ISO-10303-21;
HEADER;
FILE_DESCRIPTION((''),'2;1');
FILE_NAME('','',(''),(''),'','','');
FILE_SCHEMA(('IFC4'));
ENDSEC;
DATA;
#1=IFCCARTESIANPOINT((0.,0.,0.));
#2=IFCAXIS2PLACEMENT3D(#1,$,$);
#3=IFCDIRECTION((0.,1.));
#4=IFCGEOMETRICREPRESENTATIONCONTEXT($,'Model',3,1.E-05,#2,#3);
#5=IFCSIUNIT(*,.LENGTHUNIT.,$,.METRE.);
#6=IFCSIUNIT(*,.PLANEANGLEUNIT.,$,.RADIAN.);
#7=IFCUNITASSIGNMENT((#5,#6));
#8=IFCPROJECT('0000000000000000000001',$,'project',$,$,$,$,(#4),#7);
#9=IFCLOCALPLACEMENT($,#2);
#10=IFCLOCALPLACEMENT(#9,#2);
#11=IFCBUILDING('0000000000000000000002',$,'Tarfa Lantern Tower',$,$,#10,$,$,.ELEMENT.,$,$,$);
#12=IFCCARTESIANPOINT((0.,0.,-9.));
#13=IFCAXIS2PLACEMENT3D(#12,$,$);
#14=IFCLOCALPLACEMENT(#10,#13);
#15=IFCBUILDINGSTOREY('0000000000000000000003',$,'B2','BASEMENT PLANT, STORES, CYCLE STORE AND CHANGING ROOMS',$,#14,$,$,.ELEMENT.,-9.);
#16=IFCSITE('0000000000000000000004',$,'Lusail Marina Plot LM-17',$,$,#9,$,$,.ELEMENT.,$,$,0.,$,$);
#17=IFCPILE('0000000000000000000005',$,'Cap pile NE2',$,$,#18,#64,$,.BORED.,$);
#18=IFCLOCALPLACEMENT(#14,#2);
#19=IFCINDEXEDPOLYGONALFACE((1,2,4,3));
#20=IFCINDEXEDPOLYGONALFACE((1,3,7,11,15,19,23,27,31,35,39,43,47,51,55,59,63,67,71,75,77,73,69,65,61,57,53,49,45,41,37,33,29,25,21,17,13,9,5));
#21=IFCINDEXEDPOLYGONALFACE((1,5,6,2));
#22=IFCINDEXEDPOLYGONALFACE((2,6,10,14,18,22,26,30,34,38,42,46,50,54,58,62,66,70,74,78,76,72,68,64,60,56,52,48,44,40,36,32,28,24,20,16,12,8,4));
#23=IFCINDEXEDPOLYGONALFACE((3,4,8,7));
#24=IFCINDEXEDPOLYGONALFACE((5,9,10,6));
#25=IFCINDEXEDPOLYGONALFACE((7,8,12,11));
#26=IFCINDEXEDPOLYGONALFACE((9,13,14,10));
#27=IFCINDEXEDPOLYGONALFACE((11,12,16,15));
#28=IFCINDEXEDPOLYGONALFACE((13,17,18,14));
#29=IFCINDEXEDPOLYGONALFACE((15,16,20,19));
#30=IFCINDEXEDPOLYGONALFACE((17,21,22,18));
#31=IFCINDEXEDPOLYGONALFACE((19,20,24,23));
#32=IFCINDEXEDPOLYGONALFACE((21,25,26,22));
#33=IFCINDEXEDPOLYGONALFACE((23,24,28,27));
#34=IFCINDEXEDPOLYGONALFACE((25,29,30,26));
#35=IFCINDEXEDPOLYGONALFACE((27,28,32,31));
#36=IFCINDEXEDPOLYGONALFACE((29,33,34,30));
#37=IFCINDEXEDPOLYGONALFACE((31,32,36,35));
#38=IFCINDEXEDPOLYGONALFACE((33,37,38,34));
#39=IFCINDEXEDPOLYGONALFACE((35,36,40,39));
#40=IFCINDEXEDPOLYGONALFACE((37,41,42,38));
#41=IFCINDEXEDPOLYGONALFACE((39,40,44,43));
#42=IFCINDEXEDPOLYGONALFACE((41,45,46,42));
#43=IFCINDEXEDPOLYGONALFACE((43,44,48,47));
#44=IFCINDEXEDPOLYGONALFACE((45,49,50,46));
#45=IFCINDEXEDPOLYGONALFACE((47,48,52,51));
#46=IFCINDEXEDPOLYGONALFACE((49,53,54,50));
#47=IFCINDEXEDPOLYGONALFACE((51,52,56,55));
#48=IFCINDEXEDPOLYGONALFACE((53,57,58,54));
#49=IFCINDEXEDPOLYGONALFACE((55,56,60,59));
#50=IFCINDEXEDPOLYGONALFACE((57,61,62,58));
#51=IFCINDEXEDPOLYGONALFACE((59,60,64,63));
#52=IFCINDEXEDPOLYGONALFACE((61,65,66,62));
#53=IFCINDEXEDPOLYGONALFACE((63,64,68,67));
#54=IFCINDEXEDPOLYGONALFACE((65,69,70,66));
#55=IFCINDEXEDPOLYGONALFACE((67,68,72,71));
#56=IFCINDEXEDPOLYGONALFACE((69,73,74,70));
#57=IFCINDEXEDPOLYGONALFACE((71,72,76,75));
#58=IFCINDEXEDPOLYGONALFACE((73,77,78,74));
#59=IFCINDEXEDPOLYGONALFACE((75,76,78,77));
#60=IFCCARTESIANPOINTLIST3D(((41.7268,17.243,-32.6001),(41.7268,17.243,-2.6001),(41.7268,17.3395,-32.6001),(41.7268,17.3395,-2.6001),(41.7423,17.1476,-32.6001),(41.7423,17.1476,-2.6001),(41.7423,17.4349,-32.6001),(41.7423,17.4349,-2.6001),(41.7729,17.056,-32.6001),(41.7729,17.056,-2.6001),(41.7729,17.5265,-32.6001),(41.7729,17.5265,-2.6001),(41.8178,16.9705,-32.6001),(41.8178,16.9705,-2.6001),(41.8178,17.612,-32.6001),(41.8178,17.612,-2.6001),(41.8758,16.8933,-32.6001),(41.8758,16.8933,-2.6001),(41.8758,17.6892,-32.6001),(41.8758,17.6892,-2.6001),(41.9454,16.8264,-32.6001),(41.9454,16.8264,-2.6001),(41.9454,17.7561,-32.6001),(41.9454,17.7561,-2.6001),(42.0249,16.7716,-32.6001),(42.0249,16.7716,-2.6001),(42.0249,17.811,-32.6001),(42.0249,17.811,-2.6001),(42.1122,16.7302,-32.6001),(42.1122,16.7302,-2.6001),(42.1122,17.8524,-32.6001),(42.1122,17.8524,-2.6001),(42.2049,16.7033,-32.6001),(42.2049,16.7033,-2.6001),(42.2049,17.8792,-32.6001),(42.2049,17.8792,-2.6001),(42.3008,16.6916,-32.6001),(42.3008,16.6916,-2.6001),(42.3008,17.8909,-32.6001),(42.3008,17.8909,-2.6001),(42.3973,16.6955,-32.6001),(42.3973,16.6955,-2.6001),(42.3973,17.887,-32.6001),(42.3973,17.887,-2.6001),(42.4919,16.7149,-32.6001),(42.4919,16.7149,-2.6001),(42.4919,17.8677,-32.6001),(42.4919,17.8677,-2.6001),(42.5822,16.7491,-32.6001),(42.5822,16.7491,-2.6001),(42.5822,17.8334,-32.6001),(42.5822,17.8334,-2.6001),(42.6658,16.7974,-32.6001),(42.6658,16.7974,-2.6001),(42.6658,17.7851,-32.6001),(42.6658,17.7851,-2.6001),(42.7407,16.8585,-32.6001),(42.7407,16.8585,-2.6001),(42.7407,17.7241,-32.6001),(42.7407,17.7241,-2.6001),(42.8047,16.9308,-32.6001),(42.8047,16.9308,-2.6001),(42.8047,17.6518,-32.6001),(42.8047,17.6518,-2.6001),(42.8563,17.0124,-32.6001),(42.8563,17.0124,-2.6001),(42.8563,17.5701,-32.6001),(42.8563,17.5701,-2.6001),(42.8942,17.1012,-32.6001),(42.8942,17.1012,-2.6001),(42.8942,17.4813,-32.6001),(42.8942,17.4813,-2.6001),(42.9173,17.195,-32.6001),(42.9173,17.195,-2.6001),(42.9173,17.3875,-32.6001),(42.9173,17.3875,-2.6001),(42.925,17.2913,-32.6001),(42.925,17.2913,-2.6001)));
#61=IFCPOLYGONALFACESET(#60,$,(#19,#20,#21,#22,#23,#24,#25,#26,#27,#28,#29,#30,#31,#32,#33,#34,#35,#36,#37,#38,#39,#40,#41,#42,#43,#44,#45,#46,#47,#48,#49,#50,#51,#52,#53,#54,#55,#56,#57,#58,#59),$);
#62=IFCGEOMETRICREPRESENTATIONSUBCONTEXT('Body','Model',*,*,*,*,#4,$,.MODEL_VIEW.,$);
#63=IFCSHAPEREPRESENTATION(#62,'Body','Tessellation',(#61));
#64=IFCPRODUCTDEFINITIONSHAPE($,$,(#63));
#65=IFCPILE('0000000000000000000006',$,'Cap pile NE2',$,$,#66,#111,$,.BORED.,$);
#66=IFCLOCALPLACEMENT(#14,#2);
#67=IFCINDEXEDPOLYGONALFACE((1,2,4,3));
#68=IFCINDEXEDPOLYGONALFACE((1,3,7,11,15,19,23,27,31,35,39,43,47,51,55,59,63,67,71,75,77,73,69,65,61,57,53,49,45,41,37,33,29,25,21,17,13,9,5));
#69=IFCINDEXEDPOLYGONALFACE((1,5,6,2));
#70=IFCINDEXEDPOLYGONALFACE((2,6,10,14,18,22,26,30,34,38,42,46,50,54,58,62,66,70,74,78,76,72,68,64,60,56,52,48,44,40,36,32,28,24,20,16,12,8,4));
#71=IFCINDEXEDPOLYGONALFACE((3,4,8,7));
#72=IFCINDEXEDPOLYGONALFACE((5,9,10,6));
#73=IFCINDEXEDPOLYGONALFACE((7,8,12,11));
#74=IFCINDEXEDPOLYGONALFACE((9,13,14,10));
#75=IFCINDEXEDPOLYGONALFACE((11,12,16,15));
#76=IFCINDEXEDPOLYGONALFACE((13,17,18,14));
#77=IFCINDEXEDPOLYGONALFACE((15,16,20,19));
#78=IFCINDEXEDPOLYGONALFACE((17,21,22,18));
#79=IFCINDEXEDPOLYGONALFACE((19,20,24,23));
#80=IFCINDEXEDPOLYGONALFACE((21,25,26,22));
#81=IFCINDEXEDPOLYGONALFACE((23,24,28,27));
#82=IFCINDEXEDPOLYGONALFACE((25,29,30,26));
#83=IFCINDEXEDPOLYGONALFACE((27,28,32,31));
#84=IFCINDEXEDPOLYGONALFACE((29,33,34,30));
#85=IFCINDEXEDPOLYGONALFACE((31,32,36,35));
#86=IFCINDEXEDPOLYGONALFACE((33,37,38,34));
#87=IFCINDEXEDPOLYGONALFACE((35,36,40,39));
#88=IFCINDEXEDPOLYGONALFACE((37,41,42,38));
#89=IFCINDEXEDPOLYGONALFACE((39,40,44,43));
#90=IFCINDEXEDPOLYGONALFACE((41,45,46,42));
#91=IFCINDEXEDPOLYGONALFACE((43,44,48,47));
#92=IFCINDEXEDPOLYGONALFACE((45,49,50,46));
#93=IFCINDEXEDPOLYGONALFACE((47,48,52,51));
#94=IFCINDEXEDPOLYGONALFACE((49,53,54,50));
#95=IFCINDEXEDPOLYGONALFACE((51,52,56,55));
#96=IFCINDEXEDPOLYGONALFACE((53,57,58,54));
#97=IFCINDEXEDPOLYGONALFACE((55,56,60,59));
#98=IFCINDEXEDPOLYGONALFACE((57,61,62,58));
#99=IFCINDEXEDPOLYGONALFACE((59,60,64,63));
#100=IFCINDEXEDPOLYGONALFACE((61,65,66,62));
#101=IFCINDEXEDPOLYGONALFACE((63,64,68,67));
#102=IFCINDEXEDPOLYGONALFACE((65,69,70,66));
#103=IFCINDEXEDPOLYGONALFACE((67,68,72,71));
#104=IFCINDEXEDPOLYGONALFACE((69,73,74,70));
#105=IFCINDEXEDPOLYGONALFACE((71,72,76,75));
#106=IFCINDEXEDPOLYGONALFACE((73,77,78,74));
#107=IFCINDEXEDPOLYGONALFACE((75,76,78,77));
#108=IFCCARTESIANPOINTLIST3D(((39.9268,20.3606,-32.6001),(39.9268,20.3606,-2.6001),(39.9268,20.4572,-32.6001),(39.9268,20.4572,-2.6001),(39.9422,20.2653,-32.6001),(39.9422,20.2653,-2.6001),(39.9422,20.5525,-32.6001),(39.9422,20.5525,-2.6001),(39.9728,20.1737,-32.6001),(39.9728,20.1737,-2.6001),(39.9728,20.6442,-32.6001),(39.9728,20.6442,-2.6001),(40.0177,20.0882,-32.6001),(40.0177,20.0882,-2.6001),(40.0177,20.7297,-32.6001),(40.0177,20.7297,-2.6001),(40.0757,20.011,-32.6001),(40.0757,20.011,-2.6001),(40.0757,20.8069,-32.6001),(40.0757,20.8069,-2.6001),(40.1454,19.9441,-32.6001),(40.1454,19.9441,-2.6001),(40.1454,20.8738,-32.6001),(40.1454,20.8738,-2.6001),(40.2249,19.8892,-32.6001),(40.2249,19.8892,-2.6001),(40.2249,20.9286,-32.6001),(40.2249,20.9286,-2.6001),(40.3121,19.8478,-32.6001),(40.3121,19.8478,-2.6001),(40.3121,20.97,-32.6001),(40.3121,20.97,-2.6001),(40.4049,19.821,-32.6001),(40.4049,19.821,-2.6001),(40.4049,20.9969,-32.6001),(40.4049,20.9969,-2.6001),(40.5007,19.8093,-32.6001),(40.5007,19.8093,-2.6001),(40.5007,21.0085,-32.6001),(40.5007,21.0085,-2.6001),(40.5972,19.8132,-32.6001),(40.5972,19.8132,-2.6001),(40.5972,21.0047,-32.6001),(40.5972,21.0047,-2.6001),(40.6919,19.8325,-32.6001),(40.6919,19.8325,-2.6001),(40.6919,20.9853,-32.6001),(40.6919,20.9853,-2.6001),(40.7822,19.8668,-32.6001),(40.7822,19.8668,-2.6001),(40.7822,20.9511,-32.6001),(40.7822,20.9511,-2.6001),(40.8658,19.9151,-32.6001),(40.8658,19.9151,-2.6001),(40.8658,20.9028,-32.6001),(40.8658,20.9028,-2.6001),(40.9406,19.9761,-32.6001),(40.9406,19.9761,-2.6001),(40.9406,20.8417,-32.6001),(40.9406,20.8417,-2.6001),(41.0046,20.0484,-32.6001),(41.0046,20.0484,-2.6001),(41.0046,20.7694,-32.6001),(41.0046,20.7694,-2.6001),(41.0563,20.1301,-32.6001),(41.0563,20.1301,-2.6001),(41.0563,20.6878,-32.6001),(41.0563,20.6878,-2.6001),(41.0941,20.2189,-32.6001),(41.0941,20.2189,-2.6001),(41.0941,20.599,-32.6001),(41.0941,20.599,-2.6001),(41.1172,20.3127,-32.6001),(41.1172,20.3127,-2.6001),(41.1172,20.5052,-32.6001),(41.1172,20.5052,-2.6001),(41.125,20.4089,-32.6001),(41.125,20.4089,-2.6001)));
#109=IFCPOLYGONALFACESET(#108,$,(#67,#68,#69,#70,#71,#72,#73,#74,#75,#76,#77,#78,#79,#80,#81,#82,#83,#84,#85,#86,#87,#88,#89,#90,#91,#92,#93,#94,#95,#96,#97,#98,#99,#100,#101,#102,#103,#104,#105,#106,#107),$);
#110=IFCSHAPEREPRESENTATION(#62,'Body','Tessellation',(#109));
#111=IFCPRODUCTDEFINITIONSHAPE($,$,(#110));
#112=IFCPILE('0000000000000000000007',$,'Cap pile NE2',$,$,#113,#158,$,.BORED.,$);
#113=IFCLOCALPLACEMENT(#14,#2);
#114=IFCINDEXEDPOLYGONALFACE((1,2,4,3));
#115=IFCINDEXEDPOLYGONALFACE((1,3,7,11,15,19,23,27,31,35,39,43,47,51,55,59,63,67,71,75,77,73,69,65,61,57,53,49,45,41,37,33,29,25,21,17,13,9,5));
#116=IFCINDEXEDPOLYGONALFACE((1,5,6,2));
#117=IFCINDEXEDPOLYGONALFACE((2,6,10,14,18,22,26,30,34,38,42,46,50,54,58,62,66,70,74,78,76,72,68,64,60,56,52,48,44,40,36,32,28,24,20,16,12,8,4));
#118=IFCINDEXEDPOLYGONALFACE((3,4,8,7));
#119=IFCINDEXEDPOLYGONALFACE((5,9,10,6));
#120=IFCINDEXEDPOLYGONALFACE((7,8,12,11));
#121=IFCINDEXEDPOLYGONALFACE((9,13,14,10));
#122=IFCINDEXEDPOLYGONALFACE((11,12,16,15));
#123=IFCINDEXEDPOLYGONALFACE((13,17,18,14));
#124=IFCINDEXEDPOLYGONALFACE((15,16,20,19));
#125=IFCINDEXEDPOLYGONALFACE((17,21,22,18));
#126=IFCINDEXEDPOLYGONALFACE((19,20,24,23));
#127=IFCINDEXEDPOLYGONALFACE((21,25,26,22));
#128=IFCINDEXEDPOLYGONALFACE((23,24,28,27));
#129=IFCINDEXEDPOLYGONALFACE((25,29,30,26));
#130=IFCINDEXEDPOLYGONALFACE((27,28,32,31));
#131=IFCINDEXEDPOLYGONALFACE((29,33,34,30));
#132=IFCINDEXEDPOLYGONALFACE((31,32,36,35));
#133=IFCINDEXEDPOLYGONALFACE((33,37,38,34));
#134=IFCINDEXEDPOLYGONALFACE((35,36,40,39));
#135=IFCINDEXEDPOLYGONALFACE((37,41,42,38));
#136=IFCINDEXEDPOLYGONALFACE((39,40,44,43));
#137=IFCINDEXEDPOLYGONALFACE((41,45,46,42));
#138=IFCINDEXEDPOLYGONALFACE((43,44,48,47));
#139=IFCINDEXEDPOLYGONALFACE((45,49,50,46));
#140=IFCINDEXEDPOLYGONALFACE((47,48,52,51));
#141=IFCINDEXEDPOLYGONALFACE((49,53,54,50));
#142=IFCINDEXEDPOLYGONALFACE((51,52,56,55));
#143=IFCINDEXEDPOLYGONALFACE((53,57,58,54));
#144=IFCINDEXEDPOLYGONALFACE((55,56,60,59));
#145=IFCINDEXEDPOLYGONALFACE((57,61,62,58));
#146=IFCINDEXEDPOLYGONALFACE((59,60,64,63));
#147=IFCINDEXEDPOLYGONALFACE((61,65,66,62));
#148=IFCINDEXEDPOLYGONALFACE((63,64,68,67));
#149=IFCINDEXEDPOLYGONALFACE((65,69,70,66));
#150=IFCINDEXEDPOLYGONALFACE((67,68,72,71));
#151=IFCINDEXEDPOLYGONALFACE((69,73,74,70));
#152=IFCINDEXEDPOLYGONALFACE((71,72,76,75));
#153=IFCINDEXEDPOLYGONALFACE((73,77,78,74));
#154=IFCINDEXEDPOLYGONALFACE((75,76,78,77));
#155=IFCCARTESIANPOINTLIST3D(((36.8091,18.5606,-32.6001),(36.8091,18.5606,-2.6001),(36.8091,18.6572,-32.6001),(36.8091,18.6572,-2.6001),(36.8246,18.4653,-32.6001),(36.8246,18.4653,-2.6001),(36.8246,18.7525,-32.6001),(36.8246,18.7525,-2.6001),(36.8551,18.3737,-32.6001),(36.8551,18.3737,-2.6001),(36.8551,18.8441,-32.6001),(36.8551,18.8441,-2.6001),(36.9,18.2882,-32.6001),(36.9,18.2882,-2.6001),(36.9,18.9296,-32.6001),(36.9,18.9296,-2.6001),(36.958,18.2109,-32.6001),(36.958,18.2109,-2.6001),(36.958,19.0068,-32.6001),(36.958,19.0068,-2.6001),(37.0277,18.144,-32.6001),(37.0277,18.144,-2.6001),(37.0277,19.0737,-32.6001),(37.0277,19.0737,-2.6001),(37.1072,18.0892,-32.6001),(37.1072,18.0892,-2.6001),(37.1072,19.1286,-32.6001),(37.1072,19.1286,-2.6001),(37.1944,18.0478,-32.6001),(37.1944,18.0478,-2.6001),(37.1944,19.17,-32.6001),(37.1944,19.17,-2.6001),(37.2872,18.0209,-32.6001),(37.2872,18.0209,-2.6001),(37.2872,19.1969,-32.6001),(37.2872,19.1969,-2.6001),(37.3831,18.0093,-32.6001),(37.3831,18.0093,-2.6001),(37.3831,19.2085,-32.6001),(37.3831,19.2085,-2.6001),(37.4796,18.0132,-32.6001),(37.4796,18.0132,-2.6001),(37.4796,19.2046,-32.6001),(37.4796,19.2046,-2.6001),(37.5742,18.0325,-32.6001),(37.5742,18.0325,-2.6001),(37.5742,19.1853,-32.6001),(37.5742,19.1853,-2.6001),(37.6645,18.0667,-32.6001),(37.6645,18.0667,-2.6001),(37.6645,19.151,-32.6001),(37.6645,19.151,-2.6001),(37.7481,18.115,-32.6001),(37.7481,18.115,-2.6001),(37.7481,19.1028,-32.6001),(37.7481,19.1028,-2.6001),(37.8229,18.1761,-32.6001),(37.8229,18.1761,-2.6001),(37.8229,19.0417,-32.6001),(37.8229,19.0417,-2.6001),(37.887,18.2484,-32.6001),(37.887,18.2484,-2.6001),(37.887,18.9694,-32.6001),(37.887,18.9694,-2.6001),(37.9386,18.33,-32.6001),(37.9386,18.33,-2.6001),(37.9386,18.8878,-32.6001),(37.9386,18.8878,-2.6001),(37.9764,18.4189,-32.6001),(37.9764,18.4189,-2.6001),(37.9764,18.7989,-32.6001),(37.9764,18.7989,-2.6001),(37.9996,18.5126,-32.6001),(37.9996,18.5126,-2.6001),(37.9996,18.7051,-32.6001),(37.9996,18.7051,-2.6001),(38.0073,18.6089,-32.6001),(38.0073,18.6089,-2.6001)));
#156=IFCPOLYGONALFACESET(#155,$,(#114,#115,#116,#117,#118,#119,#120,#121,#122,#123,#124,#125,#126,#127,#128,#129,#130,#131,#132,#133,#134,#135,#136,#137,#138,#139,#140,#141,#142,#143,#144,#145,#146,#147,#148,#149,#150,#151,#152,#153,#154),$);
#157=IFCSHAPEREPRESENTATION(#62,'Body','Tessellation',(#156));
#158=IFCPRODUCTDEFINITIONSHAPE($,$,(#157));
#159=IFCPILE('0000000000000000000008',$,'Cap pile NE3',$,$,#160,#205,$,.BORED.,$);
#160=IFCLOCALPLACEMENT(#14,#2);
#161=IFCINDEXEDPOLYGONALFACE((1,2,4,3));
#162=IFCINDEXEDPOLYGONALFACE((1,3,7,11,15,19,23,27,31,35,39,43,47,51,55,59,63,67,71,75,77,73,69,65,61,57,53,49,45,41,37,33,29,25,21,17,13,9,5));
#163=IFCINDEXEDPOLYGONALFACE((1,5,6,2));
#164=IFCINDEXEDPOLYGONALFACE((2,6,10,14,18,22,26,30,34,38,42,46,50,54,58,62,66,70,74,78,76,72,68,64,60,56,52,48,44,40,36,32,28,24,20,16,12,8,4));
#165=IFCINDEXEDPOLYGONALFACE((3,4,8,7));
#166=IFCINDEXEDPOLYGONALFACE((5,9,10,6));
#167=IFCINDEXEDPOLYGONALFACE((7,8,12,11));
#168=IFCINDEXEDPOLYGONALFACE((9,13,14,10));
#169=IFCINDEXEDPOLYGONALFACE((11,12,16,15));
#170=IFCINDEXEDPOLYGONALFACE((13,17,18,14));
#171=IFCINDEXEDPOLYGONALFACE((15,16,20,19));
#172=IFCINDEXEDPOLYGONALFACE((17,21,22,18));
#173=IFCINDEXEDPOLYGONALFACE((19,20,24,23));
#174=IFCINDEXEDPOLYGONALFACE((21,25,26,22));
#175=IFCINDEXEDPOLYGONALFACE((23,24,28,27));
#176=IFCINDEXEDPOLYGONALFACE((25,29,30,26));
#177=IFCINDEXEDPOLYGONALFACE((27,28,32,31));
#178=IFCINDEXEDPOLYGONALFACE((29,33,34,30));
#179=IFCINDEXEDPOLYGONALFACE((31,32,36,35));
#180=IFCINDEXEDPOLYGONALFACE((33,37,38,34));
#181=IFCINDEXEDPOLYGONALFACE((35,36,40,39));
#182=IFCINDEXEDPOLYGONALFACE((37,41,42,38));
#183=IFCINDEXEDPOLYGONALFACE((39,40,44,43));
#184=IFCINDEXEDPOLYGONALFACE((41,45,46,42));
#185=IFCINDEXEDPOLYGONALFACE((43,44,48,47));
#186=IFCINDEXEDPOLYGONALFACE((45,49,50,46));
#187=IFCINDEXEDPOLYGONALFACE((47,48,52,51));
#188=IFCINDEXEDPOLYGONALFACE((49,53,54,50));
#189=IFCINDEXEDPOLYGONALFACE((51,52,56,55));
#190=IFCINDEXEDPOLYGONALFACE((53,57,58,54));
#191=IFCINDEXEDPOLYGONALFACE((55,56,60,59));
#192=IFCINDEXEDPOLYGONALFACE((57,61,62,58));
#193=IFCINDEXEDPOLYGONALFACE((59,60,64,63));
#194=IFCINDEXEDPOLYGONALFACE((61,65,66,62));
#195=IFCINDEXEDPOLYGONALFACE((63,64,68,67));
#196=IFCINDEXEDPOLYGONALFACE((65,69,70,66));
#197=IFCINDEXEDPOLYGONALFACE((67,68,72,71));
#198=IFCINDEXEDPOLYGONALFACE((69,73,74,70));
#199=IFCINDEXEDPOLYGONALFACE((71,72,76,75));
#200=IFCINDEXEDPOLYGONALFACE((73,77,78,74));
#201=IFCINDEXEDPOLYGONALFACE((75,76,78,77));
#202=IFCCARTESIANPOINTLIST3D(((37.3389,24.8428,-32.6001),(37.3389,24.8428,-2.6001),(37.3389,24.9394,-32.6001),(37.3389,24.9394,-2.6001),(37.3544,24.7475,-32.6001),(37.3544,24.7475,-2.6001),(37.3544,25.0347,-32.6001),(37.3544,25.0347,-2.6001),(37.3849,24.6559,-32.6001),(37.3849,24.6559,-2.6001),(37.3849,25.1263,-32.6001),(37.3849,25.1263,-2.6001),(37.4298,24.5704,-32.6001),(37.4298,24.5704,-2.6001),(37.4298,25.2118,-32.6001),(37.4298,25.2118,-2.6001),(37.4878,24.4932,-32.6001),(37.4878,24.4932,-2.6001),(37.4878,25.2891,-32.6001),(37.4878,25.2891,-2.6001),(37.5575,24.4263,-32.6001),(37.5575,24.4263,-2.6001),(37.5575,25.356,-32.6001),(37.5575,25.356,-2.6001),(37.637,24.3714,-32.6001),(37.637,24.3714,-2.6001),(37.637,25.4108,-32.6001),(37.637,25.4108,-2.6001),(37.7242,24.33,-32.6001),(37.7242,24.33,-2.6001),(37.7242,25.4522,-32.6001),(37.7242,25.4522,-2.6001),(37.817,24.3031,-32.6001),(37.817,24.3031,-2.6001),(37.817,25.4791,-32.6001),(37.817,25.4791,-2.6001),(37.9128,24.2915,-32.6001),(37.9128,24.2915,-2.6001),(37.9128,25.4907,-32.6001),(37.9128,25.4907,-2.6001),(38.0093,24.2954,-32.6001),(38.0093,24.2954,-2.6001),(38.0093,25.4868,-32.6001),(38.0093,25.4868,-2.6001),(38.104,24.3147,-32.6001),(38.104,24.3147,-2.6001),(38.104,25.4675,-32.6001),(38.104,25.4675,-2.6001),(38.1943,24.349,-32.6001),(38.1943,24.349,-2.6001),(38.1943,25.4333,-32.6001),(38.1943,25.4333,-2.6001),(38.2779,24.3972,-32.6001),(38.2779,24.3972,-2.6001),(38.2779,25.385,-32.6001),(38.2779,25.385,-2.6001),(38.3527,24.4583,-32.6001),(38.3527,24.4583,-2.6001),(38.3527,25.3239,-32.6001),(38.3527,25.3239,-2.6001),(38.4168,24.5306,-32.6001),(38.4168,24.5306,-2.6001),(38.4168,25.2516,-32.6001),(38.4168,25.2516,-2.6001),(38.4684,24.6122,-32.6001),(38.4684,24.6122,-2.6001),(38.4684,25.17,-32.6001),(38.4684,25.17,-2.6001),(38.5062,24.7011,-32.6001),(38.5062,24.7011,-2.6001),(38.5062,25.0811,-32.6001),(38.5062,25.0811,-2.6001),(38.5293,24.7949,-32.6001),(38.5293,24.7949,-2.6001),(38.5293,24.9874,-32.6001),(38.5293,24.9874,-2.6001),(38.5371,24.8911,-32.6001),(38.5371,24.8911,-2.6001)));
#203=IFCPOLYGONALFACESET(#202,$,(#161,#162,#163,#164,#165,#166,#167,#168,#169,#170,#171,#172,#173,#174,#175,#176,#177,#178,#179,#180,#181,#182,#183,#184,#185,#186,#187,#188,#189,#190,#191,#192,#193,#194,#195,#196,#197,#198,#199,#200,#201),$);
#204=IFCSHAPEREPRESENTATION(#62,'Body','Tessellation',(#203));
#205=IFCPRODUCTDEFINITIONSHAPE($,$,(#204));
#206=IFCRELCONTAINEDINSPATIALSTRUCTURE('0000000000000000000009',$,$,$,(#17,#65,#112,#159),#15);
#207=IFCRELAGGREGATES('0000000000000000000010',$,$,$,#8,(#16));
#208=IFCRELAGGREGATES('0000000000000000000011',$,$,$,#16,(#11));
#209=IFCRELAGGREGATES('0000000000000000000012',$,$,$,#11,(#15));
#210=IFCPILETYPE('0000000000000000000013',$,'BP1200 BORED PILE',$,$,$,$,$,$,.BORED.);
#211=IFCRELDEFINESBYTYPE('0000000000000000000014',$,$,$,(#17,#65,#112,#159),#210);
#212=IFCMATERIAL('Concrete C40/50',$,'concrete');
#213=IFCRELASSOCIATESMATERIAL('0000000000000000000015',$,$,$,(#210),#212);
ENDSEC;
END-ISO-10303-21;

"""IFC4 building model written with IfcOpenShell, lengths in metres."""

from ifc_helpers import new_model, si_unit, direction, frame, origin, origin_2d, place, context, subcontext, project, spatial, circle, extrude, material, material_profile, profile_set, type_object, element, save


model = new_model("IFC4")

# Units and contexts
model_context = context("Model", 3, precision=1e-05, world=origin(), true_north=direction((0.0, 1.0)))
body_context = subcontext(model_context, "Body", "Model", "MODEL_VIEW")
ifc_project = project(units=[si_unit("LENGTHUNIT", "METRE"), si_unit("PLANEANGLEUNIT", "RADIAN")], contexts=[model_context])

# Site, building, storey
site_placement = place(None, origin())
site = spatial("IfcSite", under=ifc_project, at=site_placement, Name="Lusail Marina Plot LM-17", CompositionType="ELEMENT", RefElevation=0.0)
building_placement = place(site_placement, origin())
building = spatial("IfcBuilding", under=site, at=building_placement, Name="Tarfa Lantern Tower", CompositionType="ELEMENT")
storey_placement = place(building_placement, frame((0.0, 0.0, -9.0)))
storey = spatial("IfcBuildingStorey", under=building, at=storey_placement, Name="B2", Description="BASEMENT PLANT, STORES, CYCLE STORE AND CHANGING ROOMS", CompositionType="ELEMENT", Elevation=-9.0)

# Piles
ifc_material_1 = material(Name="Concrete C40/50", Category="concrete")
ifc_material_profile_1 = material_profile(ifc_material_1, circle(Radius=0.6001, at=origin_2d()), Name="BORED PILE D1200")
ifc_profile_set_1 = profile_set([ifc_material_profile_1], Name="Concrete C40/50")
pile_type_1 = type_object("IfcPileType", Name="BP1200 BORED PILE", PredefinedType="BORED", material=ifc_profile_set_1)
for number, where, z_axis, x_axis, name in (
    (1, (42.325, 17.2913, -2.6001), (0.0, 0.0, -1.0), (1.0, 0.0, 0.0), "Cap pile NE2"),
    (2, (40.5249, 20.4089, -2.6001), (0.0, 0.0, -1.0), (1.0, 0.0, 0.0), "Cap pile NE2"),
    (3, (37.4072, 18.6089, -2.6001), (0.0, 0.0, -1.0), (1.0, 0.0, 0.0), "Cap pile NE2"),
    (4, (37.937, 24.8911, -2.6001), (0.0, 0.0, -1.0), (1.0, 0.0, 0.0), "Cap pile NE3"),
):
    element("IfcPile", number, at=place(storey_placement, frame(where, z_axis=z_axis, x_axis=x_axis)), inside=storey, type_object=pile_type_1, Name=name, PredefinedType="BORED", context=body_context, shape_type="SweptSolid", body=[
        extrude(circle(Radius=0.6001, at=origin_2d()), origin(), (0.0, 0.0, 1.0), 30.0),
    ])

save(model, "model.ifc")
